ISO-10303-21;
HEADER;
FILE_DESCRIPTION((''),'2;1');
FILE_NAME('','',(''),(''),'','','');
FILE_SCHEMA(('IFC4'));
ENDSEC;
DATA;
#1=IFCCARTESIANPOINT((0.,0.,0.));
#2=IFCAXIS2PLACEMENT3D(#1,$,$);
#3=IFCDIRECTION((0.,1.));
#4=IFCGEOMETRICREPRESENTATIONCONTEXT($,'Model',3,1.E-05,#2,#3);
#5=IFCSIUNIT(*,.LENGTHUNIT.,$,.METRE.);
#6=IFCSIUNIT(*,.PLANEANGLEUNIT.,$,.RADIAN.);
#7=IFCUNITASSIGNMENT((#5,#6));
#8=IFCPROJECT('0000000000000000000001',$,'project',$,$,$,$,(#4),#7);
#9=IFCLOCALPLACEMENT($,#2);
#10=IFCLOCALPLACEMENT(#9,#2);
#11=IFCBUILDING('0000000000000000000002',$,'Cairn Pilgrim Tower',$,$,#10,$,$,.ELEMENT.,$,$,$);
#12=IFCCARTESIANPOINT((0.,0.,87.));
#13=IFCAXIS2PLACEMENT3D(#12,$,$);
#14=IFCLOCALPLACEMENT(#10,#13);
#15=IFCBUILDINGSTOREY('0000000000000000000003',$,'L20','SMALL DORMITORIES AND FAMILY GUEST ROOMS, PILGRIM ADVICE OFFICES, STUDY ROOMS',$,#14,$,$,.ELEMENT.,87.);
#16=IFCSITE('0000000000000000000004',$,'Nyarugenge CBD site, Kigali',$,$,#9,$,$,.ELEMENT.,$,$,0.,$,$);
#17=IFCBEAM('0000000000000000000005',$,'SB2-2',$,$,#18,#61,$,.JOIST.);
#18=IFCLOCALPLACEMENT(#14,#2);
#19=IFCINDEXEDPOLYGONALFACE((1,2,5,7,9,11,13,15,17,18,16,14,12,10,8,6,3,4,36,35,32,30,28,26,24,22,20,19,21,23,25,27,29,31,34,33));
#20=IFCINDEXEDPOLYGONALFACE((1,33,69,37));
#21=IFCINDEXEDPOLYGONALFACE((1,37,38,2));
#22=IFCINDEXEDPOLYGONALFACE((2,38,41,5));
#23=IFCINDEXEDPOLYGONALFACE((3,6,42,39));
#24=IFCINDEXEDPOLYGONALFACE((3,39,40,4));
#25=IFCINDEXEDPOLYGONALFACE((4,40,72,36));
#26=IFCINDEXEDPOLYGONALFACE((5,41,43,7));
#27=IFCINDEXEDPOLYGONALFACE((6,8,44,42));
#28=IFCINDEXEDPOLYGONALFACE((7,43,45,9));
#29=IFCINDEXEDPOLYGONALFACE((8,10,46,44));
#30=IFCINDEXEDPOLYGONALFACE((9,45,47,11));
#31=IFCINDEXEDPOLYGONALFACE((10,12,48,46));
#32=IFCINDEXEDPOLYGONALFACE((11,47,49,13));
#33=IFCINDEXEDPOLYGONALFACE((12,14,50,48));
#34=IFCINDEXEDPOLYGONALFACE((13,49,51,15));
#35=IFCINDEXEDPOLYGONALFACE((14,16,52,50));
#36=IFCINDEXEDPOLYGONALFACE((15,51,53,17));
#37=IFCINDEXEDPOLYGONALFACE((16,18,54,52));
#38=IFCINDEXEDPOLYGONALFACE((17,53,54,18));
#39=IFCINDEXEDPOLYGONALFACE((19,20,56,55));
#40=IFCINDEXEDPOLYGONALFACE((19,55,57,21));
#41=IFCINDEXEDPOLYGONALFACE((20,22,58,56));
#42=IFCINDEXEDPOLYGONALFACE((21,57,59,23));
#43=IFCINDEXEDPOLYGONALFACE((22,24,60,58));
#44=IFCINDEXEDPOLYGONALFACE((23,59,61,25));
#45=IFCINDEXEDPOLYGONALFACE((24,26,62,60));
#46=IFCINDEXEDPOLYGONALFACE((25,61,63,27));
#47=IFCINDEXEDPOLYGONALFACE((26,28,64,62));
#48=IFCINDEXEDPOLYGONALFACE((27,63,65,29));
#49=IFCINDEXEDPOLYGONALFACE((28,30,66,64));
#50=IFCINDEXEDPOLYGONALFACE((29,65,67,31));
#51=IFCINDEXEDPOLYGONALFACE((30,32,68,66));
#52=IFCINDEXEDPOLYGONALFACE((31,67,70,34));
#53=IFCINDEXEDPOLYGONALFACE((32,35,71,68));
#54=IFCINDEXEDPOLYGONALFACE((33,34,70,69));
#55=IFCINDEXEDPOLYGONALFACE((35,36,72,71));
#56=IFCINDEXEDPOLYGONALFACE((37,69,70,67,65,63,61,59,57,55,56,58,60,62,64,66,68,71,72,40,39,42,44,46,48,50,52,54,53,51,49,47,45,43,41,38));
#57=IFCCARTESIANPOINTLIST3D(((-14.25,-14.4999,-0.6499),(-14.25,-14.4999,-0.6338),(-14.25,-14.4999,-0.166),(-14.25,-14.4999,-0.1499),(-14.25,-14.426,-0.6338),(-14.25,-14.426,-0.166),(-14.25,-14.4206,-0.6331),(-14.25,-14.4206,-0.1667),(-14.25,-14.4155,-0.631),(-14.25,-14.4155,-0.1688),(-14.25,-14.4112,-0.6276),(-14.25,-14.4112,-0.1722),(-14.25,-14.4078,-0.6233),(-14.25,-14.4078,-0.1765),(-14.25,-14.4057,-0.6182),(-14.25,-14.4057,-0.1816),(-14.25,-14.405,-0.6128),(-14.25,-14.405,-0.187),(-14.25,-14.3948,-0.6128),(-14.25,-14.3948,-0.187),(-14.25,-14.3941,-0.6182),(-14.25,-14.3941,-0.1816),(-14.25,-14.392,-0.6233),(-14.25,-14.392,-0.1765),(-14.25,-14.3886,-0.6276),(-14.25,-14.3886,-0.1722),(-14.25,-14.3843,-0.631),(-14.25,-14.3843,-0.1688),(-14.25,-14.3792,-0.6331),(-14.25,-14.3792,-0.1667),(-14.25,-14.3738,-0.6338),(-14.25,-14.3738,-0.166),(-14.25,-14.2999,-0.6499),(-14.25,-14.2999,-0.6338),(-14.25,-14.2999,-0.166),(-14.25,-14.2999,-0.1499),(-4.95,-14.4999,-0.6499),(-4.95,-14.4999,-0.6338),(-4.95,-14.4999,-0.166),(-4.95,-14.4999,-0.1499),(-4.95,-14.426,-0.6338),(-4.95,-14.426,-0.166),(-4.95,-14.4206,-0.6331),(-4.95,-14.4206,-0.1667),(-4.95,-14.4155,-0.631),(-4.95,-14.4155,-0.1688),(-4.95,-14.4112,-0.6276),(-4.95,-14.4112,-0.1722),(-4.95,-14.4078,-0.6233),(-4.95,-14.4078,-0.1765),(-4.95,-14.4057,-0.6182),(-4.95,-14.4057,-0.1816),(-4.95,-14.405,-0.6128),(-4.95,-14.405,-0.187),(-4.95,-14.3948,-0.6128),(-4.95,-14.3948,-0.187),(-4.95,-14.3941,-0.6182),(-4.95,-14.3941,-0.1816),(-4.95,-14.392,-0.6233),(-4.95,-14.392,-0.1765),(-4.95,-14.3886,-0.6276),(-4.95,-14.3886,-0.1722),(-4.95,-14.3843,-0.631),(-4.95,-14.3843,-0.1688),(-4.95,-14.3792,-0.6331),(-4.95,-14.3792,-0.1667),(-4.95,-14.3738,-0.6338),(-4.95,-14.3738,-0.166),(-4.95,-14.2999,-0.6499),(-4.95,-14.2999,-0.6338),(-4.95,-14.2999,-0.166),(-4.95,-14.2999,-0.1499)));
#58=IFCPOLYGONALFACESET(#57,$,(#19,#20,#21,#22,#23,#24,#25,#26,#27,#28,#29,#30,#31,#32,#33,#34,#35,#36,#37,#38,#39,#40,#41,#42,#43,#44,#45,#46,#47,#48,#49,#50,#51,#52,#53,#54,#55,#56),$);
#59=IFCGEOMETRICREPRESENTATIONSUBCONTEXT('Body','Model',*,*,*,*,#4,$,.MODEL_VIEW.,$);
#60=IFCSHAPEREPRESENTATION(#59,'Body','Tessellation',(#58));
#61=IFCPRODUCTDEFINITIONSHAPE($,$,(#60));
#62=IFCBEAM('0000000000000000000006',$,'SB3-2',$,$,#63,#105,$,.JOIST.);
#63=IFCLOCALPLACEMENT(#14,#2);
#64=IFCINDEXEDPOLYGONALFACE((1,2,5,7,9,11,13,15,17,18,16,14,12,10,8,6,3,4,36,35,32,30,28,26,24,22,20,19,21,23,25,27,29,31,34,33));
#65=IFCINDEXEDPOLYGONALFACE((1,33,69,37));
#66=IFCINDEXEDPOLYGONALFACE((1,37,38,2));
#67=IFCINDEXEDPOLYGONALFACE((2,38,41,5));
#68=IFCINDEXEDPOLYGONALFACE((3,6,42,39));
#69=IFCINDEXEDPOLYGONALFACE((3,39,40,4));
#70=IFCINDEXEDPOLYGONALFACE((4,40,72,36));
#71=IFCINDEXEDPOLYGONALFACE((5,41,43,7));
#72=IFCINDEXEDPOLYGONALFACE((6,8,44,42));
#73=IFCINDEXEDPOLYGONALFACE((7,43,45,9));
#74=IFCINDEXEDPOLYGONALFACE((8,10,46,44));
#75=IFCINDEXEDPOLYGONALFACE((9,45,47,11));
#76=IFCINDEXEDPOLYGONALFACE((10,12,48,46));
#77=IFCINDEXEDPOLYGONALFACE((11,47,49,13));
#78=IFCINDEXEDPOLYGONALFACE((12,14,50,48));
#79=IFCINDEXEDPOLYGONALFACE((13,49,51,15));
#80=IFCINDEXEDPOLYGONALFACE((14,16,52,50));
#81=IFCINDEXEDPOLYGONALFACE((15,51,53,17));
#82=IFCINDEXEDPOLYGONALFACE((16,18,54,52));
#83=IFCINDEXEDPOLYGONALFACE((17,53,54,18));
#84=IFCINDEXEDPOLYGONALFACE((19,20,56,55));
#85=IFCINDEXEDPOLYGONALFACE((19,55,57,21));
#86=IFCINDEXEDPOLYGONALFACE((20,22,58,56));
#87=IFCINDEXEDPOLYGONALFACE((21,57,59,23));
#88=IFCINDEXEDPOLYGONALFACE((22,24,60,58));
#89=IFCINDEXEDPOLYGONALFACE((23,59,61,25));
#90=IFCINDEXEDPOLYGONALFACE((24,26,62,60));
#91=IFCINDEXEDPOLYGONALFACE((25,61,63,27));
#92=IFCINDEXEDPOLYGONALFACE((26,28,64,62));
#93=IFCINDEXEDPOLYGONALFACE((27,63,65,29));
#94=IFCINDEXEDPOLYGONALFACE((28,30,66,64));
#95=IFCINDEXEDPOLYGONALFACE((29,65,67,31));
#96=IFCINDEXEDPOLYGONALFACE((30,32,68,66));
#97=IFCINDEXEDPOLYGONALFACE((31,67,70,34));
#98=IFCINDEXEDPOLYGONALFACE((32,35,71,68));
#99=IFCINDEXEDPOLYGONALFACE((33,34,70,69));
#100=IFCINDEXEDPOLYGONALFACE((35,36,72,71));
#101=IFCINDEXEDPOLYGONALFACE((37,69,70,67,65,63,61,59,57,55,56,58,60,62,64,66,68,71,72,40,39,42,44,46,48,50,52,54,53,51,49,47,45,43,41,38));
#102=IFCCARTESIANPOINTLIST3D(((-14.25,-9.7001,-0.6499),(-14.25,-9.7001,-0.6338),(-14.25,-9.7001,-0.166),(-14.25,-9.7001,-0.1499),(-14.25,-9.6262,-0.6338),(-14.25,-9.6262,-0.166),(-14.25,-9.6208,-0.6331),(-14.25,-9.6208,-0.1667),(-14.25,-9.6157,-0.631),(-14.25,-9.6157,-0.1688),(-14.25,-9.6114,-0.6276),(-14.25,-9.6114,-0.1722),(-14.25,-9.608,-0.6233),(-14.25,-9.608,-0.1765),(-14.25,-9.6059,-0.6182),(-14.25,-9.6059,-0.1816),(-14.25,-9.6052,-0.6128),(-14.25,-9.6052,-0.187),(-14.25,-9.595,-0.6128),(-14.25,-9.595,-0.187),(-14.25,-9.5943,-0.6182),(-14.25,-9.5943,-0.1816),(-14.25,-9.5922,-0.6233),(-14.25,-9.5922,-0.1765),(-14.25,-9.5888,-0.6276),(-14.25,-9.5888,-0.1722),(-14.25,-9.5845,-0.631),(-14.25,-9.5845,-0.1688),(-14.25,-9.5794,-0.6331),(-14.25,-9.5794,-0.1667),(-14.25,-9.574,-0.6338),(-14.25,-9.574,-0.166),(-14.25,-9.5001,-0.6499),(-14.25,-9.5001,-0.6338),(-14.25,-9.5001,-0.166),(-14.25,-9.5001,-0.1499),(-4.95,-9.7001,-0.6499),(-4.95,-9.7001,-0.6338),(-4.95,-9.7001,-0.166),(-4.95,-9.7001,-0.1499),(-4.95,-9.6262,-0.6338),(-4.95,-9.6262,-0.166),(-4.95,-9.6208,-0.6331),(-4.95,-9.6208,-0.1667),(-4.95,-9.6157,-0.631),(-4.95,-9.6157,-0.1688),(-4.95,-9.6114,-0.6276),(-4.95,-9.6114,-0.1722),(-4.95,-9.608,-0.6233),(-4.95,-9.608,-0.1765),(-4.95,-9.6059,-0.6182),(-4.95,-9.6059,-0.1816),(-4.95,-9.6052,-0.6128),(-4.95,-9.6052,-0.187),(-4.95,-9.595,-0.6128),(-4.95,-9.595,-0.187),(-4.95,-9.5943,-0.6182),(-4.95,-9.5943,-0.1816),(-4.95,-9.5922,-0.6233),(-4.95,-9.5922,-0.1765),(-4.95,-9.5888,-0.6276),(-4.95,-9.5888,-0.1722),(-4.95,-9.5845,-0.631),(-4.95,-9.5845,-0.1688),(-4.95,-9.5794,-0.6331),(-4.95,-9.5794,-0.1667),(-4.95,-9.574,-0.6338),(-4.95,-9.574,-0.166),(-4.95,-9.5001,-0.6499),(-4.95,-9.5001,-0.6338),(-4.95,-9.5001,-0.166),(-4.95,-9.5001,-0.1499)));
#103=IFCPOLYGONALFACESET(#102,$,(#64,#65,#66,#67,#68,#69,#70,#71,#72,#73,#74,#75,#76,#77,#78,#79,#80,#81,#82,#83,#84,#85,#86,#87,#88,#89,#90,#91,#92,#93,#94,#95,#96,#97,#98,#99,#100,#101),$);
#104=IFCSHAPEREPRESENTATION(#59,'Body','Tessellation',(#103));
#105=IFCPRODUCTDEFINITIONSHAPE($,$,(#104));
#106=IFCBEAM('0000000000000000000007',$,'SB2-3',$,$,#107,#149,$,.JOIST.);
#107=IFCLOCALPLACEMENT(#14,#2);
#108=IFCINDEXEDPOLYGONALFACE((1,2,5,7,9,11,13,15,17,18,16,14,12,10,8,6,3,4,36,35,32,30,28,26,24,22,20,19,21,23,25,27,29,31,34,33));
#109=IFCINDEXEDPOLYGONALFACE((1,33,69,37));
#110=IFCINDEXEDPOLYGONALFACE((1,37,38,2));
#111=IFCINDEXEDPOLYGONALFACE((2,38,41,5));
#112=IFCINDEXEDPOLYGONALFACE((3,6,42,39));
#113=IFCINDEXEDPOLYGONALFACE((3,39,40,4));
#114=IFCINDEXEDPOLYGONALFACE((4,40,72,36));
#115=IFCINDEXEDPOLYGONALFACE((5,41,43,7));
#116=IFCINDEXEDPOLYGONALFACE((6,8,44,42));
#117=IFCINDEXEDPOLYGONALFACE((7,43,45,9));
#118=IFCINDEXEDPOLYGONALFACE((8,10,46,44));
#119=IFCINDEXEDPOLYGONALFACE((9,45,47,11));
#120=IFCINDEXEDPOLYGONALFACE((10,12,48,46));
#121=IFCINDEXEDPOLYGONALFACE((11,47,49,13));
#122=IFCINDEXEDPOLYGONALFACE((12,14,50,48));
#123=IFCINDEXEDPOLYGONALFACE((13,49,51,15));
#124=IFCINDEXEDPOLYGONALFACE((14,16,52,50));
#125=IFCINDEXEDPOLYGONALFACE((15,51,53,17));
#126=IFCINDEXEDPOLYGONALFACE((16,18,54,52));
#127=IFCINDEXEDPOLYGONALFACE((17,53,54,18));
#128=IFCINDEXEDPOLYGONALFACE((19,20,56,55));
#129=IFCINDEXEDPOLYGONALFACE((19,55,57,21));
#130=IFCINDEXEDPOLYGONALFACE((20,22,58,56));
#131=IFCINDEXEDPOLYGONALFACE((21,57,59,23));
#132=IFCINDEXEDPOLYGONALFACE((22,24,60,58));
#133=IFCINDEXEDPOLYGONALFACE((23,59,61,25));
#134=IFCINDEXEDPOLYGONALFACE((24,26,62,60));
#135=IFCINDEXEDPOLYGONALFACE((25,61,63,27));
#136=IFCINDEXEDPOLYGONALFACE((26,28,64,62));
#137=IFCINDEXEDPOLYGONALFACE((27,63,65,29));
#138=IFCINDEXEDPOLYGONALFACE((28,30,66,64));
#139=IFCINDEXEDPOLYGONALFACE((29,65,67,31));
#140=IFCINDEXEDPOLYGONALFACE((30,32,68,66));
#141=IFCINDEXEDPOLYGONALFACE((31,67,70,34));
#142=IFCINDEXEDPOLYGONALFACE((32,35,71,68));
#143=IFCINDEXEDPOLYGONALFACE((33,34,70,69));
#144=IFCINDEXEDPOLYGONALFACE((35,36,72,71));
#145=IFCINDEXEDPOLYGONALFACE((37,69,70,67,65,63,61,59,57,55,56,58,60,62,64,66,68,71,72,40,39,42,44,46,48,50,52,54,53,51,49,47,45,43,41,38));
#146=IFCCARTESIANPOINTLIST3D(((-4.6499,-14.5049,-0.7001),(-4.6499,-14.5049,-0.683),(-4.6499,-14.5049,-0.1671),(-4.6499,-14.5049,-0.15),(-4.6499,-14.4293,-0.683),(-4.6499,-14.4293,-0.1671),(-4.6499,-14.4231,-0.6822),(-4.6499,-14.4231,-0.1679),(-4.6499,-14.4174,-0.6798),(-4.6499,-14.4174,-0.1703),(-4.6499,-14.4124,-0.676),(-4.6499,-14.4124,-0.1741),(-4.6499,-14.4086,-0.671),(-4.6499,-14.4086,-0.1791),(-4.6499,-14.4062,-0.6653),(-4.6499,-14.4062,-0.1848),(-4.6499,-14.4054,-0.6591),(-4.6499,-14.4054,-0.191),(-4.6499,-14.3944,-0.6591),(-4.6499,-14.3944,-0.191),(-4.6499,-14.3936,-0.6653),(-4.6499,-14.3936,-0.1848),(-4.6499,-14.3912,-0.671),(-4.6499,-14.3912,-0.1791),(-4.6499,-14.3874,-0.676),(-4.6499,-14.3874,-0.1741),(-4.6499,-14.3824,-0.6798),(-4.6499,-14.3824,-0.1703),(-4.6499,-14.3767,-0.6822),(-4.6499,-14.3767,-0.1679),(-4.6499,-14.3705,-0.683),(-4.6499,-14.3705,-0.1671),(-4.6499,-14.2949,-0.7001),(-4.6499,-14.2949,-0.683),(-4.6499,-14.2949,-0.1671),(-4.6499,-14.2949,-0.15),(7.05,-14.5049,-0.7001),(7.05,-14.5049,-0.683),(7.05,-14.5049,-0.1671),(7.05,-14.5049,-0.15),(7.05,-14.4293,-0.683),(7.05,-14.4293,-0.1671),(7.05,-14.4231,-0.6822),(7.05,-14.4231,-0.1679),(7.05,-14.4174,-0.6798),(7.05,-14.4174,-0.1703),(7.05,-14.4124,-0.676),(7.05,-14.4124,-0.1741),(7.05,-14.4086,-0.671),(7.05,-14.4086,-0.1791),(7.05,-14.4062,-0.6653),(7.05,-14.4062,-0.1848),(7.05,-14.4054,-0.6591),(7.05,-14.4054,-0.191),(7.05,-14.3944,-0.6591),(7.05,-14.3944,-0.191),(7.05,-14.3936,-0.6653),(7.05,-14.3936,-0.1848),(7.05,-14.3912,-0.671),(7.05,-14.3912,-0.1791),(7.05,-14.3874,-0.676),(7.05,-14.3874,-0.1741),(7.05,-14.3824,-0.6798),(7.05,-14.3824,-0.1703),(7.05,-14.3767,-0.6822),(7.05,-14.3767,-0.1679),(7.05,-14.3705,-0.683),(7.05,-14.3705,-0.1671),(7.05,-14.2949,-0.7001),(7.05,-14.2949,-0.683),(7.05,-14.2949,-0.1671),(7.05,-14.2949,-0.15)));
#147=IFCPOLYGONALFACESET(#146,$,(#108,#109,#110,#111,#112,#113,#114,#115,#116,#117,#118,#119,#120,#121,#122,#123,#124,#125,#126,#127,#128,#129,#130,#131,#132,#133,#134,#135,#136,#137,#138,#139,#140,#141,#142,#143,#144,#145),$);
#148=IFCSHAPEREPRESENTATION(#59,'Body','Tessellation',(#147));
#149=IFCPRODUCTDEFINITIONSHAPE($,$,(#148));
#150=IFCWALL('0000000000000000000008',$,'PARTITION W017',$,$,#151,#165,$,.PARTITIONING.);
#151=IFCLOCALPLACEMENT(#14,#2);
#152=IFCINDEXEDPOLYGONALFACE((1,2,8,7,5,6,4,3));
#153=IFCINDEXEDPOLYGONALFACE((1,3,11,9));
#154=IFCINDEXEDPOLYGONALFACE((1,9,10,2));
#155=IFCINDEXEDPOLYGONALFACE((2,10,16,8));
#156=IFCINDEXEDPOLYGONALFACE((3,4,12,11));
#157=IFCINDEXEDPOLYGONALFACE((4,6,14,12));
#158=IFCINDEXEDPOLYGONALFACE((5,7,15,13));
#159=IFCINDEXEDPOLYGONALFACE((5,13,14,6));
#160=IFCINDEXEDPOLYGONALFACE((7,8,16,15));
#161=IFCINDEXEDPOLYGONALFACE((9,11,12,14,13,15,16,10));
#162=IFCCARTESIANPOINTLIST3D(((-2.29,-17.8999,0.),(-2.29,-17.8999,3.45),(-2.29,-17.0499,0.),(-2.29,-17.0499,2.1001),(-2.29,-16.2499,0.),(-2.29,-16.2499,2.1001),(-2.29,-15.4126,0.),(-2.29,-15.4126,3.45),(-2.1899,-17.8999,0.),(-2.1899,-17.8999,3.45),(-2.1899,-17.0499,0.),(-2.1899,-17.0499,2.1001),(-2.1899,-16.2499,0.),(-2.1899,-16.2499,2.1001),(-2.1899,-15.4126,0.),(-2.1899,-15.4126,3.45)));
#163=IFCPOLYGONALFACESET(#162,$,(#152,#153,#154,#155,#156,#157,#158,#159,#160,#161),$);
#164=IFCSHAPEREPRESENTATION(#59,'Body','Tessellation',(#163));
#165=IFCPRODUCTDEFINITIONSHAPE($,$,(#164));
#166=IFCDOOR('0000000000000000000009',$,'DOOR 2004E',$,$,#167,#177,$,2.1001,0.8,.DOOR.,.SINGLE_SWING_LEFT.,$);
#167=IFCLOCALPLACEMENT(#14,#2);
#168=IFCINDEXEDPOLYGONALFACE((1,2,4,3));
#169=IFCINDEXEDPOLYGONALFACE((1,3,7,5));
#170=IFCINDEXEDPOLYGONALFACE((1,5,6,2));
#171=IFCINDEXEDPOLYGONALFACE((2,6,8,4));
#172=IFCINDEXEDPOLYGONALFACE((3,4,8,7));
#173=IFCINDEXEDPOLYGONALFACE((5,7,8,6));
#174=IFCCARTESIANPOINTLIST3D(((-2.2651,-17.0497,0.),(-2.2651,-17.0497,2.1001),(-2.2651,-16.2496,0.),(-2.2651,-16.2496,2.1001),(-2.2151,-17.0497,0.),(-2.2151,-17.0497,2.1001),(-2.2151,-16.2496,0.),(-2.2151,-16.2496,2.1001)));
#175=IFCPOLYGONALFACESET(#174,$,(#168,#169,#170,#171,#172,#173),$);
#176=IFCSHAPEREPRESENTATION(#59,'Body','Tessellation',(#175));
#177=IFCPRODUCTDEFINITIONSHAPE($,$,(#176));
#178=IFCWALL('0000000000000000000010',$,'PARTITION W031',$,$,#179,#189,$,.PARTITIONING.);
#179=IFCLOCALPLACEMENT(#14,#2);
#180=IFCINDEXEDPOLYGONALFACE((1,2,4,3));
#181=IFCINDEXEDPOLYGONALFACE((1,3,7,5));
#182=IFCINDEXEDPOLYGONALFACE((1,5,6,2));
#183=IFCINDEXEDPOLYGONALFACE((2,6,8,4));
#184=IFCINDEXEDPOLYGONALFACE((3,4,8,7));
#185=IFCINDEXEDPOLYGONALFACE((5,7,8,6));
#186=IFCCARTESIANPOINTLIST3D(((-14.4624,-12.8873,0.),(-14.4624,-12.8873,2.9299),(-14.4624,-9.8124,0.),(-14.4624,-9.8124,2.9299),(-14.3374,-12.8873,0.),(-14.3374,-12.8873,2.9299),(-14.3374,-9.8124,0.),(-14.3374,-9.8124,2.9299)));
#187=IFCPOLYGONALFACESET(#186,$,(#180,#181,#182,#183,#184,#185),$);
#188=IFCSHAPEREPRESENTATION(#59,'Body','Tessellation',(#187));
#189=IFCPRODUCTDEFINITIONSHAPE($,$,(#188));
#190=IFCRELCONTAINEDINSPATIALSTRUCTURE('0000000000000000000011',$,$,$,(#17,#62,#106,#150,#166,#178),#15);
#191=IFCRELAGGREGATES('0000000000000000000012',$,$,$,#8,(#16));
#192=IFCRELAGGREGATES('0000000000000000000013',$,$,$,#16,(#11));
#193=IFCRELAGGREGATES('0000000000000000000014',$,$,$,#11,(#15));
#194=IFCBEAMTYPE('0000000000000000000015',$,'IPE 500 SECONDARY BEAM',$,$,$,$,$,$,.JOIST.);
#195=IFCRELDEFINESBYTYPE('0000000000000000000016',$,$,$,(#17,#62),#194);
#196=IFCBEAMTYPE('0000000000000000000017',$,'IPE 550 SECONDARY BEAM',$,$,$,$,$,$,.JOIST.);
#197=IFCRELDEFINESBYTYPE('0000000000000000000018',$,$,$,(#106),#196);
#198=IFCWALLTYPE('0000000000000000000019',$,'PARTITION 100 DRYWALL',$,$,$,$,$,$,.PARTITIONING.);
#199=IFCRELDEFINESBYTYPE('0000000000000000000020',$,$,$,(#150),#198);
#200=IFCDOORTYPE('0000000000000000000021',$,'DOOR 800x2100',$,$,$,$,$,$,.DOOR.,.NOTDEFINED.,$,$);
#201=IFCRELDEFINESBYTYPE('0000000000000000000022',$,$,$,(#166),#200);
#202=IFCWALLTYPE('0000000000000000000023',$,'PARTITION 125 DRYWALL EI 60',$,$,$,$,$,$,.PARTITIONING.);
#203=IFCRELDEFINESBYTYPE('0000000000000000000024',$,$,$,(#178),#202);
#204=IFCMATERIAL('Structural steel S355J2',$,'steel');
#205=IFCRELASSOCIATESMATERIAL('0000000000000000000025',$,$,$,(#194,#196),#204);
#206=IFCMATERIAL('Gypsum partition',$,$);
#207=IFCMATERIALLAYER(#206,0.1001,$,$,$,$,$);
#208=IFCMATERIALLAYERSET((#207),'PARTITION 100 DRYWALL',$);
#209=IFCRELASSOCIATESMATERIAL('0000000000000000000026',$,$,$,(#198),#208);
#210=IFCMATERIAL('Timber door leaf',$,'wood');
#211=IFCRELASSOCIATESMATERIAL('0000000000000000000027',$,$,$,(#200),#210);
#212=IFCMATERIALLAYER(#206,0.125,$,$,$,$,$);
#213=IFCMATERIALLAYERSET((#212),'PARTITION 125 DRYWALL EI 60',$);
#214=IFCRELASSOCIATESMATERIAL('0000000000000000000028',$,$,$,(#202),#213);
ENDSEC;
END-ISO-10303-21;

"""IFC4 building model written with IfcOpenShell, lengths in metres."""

from ifc_helpers import new_model, si_unit, direction, frame, frame_2d, origin, origin_2d, place, context, subcontext, project, spatial, rectangle, i_section, extrude, material, layer, layer_set, material_profile, profile_set, type_object, element, fill, save


model = new_model("IFC4")

# Units and contexts
model_context = context("Model", 3, precision=1e-05, world=origin(), true_north=direction((0.0, 1.0)))
body_context = subcontext(model_context, "Body", "Model", "MODEL_VIEW")
ifc_project = project(units=[si_unit("LENGTHUNIT", "METRE"), si_unit("PLANEANGLEUNIT", "RADIAN")], contexts=[model_context])

# Site, building, storey
site_placement = place(None, origin())
site = spatial("IfcSite", under=ifc_project, at=site_placement, Name="Nyarugenge CBD site, Kigali", CompositionType="ELEMENT", RefElevation=0.0)
building_placement = place(site_placement, origin())
building = spatial("IfcBuilding", under=site, at=building_placement, Name="Cairn Pilgrim Tower", CompositionType="ELEMENT")
storey_placement = place(building_placement, frame((0.0, 0.0, 87.0)))
storey = spatial("IfcBuildingStorey", under=building, at=storey_placement, Name="L20", Description="SMALL DORMITORIES AND FAMILY GUEST ROOMS, PILGRIM ADVICE OFFICES, STUDY ROOMS", CompositionType="ELEMENT", Elevation=87.0)

# Beams
ifc_material_1 = material(Name="Structural steel S355J2", Category="steel")
ifc_material_profile_1 = material_profile(ifc_material_1, i_section(OverallWidth=0.2, OverallDepth=0.5, WebThickness=0.0103, FlangeThickness=0.0161, FilletRadius=0.021, at=origin_2d()), Name="IPE 500")
ifc_profile_set_1 = profile_set([ifc_material_profile_1], Name="Structural steel S355J2")
beam_type_1 = type_object("IfcBeamType", Name="IPE 500 SECONDARY BEAM", PredefinedType="JOIST", material=ifc_profile_set_1)
for number, where, z_axis, x_axis, name in (
    (1, (-14.25, -14.3999, -0.3999), (1.0, 0.0, 0.0), (0.0, 1.0, 0.0), "SB2-2"),
    (2, (-14.25, -9.6001, -0.3999), (1.0, 0.0, 0.0), (0.0, 1.0, 0.0), "SB3-2"),
):
    element("IfcBeam", number, at=place(storey_placement, frame(where, z_axis=z_axis, x_axis=x_axis)), inside=storey, type_object=beam_type_1, Name=name, PredefinedType="JOIST", context=body_context, shape_type="SweptSolid", body=[
        extrude(i_section(OverallWidth=0.2, OverallDepth=0.5, WebThickness=0.0103, FlangeThickness=0.0161, FilletRadius=0.021, at=origin_2d()), origin(), (0.0, 0.0, 1.0), 9.3),
    ])
ifc_material_profile_2 = material_profile(ifc_material_1, i_section(OverallWidth=0.21, OverallDepth=0.55, WebThickness=0.011, FlangeThickness=0.0171, FilletRadius=0.0239, at=origin_2d()), Name="IPE 550")
ifc_profile_set_2 = profile_set([ifc_material_profile_2], Name="Structural steel S355J2")
beam_type_2 = type_object("IfcBeamType", Name="IPE 550 SECONDARY BEAM", PredefinedType="JOIST", material=ifc_profile_set_2)
beam_1_placement = place(storey_placement, frame((-4.6499, -14.3999, -0.425), z_axis=(1.0, 0.0, 0.0), x_axis=(0.0, 1.0, 0.0)))
element("IfcBeam", 3, at=beam_1_placement, inside=storey, type_object=beam_type_2, Name="SB2-3", PredefinedType="JOIST", context=body_context, shape_type="SweptSolid", body=[
    extrude(i_section(OverallWidth=0.21, OverallDepth=0.55, WebThickness=0.011, FlangeThickness=0.0171, FilletRadius=0.0239, at=origin_2d()), origin(), (0.0, 0.0, 1.0), 11.7),
])

# Wall, opening, door
ifc_material_2 = material(Name="Gypsum partition")
ifc_layer_1 = layer(ifc_material_2, 0.1001)
ifc_layer_set_1 = layer_set([ifc_layer_1], Name="PARTITION 100 DRYWALL")
wall_type_1 = type_object("IfcWallType", Name="PARTITION 100 DRYWALL", PredefinedType="PARTITIONING", material=ifc_layer_set_1)
wall_1_placement = place(storey_placement, frame((-2.24, -17.8999, 0.0), z_axis=(0.0, 0.0, 1.0), x_axis=(0.0, 1.0, 0.0)))
wall_1 = element("IfcWall", 4, at=wall_1_placement, inside=storey, type_object=wall_type_1, Name="PARTITION W017", PredefinedType="PARTITIONING", context=body_context, shape_type="SweptSolid", body=[
    extrude(rectangle(XDim=2.4873, YDim=0.1001, at=frame_2d((1.2437, 0.0))), origin(), (0.0, 0.0, 1.0), 3.45),
])
opening_placement = place(wall_1_placement, frame((0.8501, 0.0, 0.0)))
opening = element("IfcOpeningElement", 5, at=opening_placement, cuts=wall_1, PredefinedType="OPENING", context=body_context, shape_type="SweptSolid", body=[
    extrude(rectangle(XDim=0.8, YDim=2.1001, at=frame_2d((0.3999, 1.05))), frame((0.0, 0.0601, 0.0), z_axis=(0.0, -1.0, 0.0), x_axis=(1.0, 0.0, 0.0)), (0.0, 0.0, 1.0), 0.1201),
])
ifc_material_3 = material(Name="Timber door leaf", Category="wood")
door_type = type_object("IfcDoorType", Name="DOOR 800x2100", OperationType="NOTDEFINED", PredefinedType="DOOR", material=ifc_material_3)
door_placement = place(opening_placement, frame((0.8, 0.0, 0.0), z_axis=(0.0, 0.0, 1.0), x_axis=(-1.0, 0.0, 0.0)))
door = element("IfcDoor", 6, at=door_placement, inside=storey, type_object=door_type, Name="DOOR 2004E", OperationType="SINGLE_SWING_LEFT", OverallHeight=2.1001, OverallWidth=0.8, PredefinedType="DOOR", context=body_context, shape_type="SweptSolid", body=[
    extrude(rectangle(XDim=0.8, YDim=2.1001, at=frame_2d((0.3999, 1.05))), frame((0.0, 0.0249, 0.0), z_axis=(0.0, -1.0, 0.0), x_axis=(1.0, 0.0, 0.0)), (0.0, 0.0, 1.0), 0.05),
])
fill(opening, door)

# Wall
ifc_layer_2 = layer(ifc_material_2, 0.125)
ifc_layer_set_2 = layer_set([ifc_layer_2], Name="PARTITION 125 DRYWALL EI 60")
wall_type_2 = type_object("IfcWallType", Name="PARTITION 125 DRYWALL EI 60", PredefinedType="PARTITIONING", material=ifc_layer_set_2)
wall_2_placement = place(storey_placement, frame((-14.3999, -12.8875, 0.0), z_axis=(0.0, 0.0, 1.0), x_axis=(0.0, 1.0, 0.0)))
element("IfcWall", 7, at=wall_2_placement, inside=storey, type_object=wall_type_2, Name="PARTITION W031", PredefinedType="PARTITIONING", context=body_context, shape_type="SweptSolid", body=[
    extrude(rectangle(XDim=3.075, YDim=0.125, at=frame_2d((1.5376, 0.0))), origin(), (0.0, 0.0, 1.0), 2.9299),
])

save(model, "model.ifc")
